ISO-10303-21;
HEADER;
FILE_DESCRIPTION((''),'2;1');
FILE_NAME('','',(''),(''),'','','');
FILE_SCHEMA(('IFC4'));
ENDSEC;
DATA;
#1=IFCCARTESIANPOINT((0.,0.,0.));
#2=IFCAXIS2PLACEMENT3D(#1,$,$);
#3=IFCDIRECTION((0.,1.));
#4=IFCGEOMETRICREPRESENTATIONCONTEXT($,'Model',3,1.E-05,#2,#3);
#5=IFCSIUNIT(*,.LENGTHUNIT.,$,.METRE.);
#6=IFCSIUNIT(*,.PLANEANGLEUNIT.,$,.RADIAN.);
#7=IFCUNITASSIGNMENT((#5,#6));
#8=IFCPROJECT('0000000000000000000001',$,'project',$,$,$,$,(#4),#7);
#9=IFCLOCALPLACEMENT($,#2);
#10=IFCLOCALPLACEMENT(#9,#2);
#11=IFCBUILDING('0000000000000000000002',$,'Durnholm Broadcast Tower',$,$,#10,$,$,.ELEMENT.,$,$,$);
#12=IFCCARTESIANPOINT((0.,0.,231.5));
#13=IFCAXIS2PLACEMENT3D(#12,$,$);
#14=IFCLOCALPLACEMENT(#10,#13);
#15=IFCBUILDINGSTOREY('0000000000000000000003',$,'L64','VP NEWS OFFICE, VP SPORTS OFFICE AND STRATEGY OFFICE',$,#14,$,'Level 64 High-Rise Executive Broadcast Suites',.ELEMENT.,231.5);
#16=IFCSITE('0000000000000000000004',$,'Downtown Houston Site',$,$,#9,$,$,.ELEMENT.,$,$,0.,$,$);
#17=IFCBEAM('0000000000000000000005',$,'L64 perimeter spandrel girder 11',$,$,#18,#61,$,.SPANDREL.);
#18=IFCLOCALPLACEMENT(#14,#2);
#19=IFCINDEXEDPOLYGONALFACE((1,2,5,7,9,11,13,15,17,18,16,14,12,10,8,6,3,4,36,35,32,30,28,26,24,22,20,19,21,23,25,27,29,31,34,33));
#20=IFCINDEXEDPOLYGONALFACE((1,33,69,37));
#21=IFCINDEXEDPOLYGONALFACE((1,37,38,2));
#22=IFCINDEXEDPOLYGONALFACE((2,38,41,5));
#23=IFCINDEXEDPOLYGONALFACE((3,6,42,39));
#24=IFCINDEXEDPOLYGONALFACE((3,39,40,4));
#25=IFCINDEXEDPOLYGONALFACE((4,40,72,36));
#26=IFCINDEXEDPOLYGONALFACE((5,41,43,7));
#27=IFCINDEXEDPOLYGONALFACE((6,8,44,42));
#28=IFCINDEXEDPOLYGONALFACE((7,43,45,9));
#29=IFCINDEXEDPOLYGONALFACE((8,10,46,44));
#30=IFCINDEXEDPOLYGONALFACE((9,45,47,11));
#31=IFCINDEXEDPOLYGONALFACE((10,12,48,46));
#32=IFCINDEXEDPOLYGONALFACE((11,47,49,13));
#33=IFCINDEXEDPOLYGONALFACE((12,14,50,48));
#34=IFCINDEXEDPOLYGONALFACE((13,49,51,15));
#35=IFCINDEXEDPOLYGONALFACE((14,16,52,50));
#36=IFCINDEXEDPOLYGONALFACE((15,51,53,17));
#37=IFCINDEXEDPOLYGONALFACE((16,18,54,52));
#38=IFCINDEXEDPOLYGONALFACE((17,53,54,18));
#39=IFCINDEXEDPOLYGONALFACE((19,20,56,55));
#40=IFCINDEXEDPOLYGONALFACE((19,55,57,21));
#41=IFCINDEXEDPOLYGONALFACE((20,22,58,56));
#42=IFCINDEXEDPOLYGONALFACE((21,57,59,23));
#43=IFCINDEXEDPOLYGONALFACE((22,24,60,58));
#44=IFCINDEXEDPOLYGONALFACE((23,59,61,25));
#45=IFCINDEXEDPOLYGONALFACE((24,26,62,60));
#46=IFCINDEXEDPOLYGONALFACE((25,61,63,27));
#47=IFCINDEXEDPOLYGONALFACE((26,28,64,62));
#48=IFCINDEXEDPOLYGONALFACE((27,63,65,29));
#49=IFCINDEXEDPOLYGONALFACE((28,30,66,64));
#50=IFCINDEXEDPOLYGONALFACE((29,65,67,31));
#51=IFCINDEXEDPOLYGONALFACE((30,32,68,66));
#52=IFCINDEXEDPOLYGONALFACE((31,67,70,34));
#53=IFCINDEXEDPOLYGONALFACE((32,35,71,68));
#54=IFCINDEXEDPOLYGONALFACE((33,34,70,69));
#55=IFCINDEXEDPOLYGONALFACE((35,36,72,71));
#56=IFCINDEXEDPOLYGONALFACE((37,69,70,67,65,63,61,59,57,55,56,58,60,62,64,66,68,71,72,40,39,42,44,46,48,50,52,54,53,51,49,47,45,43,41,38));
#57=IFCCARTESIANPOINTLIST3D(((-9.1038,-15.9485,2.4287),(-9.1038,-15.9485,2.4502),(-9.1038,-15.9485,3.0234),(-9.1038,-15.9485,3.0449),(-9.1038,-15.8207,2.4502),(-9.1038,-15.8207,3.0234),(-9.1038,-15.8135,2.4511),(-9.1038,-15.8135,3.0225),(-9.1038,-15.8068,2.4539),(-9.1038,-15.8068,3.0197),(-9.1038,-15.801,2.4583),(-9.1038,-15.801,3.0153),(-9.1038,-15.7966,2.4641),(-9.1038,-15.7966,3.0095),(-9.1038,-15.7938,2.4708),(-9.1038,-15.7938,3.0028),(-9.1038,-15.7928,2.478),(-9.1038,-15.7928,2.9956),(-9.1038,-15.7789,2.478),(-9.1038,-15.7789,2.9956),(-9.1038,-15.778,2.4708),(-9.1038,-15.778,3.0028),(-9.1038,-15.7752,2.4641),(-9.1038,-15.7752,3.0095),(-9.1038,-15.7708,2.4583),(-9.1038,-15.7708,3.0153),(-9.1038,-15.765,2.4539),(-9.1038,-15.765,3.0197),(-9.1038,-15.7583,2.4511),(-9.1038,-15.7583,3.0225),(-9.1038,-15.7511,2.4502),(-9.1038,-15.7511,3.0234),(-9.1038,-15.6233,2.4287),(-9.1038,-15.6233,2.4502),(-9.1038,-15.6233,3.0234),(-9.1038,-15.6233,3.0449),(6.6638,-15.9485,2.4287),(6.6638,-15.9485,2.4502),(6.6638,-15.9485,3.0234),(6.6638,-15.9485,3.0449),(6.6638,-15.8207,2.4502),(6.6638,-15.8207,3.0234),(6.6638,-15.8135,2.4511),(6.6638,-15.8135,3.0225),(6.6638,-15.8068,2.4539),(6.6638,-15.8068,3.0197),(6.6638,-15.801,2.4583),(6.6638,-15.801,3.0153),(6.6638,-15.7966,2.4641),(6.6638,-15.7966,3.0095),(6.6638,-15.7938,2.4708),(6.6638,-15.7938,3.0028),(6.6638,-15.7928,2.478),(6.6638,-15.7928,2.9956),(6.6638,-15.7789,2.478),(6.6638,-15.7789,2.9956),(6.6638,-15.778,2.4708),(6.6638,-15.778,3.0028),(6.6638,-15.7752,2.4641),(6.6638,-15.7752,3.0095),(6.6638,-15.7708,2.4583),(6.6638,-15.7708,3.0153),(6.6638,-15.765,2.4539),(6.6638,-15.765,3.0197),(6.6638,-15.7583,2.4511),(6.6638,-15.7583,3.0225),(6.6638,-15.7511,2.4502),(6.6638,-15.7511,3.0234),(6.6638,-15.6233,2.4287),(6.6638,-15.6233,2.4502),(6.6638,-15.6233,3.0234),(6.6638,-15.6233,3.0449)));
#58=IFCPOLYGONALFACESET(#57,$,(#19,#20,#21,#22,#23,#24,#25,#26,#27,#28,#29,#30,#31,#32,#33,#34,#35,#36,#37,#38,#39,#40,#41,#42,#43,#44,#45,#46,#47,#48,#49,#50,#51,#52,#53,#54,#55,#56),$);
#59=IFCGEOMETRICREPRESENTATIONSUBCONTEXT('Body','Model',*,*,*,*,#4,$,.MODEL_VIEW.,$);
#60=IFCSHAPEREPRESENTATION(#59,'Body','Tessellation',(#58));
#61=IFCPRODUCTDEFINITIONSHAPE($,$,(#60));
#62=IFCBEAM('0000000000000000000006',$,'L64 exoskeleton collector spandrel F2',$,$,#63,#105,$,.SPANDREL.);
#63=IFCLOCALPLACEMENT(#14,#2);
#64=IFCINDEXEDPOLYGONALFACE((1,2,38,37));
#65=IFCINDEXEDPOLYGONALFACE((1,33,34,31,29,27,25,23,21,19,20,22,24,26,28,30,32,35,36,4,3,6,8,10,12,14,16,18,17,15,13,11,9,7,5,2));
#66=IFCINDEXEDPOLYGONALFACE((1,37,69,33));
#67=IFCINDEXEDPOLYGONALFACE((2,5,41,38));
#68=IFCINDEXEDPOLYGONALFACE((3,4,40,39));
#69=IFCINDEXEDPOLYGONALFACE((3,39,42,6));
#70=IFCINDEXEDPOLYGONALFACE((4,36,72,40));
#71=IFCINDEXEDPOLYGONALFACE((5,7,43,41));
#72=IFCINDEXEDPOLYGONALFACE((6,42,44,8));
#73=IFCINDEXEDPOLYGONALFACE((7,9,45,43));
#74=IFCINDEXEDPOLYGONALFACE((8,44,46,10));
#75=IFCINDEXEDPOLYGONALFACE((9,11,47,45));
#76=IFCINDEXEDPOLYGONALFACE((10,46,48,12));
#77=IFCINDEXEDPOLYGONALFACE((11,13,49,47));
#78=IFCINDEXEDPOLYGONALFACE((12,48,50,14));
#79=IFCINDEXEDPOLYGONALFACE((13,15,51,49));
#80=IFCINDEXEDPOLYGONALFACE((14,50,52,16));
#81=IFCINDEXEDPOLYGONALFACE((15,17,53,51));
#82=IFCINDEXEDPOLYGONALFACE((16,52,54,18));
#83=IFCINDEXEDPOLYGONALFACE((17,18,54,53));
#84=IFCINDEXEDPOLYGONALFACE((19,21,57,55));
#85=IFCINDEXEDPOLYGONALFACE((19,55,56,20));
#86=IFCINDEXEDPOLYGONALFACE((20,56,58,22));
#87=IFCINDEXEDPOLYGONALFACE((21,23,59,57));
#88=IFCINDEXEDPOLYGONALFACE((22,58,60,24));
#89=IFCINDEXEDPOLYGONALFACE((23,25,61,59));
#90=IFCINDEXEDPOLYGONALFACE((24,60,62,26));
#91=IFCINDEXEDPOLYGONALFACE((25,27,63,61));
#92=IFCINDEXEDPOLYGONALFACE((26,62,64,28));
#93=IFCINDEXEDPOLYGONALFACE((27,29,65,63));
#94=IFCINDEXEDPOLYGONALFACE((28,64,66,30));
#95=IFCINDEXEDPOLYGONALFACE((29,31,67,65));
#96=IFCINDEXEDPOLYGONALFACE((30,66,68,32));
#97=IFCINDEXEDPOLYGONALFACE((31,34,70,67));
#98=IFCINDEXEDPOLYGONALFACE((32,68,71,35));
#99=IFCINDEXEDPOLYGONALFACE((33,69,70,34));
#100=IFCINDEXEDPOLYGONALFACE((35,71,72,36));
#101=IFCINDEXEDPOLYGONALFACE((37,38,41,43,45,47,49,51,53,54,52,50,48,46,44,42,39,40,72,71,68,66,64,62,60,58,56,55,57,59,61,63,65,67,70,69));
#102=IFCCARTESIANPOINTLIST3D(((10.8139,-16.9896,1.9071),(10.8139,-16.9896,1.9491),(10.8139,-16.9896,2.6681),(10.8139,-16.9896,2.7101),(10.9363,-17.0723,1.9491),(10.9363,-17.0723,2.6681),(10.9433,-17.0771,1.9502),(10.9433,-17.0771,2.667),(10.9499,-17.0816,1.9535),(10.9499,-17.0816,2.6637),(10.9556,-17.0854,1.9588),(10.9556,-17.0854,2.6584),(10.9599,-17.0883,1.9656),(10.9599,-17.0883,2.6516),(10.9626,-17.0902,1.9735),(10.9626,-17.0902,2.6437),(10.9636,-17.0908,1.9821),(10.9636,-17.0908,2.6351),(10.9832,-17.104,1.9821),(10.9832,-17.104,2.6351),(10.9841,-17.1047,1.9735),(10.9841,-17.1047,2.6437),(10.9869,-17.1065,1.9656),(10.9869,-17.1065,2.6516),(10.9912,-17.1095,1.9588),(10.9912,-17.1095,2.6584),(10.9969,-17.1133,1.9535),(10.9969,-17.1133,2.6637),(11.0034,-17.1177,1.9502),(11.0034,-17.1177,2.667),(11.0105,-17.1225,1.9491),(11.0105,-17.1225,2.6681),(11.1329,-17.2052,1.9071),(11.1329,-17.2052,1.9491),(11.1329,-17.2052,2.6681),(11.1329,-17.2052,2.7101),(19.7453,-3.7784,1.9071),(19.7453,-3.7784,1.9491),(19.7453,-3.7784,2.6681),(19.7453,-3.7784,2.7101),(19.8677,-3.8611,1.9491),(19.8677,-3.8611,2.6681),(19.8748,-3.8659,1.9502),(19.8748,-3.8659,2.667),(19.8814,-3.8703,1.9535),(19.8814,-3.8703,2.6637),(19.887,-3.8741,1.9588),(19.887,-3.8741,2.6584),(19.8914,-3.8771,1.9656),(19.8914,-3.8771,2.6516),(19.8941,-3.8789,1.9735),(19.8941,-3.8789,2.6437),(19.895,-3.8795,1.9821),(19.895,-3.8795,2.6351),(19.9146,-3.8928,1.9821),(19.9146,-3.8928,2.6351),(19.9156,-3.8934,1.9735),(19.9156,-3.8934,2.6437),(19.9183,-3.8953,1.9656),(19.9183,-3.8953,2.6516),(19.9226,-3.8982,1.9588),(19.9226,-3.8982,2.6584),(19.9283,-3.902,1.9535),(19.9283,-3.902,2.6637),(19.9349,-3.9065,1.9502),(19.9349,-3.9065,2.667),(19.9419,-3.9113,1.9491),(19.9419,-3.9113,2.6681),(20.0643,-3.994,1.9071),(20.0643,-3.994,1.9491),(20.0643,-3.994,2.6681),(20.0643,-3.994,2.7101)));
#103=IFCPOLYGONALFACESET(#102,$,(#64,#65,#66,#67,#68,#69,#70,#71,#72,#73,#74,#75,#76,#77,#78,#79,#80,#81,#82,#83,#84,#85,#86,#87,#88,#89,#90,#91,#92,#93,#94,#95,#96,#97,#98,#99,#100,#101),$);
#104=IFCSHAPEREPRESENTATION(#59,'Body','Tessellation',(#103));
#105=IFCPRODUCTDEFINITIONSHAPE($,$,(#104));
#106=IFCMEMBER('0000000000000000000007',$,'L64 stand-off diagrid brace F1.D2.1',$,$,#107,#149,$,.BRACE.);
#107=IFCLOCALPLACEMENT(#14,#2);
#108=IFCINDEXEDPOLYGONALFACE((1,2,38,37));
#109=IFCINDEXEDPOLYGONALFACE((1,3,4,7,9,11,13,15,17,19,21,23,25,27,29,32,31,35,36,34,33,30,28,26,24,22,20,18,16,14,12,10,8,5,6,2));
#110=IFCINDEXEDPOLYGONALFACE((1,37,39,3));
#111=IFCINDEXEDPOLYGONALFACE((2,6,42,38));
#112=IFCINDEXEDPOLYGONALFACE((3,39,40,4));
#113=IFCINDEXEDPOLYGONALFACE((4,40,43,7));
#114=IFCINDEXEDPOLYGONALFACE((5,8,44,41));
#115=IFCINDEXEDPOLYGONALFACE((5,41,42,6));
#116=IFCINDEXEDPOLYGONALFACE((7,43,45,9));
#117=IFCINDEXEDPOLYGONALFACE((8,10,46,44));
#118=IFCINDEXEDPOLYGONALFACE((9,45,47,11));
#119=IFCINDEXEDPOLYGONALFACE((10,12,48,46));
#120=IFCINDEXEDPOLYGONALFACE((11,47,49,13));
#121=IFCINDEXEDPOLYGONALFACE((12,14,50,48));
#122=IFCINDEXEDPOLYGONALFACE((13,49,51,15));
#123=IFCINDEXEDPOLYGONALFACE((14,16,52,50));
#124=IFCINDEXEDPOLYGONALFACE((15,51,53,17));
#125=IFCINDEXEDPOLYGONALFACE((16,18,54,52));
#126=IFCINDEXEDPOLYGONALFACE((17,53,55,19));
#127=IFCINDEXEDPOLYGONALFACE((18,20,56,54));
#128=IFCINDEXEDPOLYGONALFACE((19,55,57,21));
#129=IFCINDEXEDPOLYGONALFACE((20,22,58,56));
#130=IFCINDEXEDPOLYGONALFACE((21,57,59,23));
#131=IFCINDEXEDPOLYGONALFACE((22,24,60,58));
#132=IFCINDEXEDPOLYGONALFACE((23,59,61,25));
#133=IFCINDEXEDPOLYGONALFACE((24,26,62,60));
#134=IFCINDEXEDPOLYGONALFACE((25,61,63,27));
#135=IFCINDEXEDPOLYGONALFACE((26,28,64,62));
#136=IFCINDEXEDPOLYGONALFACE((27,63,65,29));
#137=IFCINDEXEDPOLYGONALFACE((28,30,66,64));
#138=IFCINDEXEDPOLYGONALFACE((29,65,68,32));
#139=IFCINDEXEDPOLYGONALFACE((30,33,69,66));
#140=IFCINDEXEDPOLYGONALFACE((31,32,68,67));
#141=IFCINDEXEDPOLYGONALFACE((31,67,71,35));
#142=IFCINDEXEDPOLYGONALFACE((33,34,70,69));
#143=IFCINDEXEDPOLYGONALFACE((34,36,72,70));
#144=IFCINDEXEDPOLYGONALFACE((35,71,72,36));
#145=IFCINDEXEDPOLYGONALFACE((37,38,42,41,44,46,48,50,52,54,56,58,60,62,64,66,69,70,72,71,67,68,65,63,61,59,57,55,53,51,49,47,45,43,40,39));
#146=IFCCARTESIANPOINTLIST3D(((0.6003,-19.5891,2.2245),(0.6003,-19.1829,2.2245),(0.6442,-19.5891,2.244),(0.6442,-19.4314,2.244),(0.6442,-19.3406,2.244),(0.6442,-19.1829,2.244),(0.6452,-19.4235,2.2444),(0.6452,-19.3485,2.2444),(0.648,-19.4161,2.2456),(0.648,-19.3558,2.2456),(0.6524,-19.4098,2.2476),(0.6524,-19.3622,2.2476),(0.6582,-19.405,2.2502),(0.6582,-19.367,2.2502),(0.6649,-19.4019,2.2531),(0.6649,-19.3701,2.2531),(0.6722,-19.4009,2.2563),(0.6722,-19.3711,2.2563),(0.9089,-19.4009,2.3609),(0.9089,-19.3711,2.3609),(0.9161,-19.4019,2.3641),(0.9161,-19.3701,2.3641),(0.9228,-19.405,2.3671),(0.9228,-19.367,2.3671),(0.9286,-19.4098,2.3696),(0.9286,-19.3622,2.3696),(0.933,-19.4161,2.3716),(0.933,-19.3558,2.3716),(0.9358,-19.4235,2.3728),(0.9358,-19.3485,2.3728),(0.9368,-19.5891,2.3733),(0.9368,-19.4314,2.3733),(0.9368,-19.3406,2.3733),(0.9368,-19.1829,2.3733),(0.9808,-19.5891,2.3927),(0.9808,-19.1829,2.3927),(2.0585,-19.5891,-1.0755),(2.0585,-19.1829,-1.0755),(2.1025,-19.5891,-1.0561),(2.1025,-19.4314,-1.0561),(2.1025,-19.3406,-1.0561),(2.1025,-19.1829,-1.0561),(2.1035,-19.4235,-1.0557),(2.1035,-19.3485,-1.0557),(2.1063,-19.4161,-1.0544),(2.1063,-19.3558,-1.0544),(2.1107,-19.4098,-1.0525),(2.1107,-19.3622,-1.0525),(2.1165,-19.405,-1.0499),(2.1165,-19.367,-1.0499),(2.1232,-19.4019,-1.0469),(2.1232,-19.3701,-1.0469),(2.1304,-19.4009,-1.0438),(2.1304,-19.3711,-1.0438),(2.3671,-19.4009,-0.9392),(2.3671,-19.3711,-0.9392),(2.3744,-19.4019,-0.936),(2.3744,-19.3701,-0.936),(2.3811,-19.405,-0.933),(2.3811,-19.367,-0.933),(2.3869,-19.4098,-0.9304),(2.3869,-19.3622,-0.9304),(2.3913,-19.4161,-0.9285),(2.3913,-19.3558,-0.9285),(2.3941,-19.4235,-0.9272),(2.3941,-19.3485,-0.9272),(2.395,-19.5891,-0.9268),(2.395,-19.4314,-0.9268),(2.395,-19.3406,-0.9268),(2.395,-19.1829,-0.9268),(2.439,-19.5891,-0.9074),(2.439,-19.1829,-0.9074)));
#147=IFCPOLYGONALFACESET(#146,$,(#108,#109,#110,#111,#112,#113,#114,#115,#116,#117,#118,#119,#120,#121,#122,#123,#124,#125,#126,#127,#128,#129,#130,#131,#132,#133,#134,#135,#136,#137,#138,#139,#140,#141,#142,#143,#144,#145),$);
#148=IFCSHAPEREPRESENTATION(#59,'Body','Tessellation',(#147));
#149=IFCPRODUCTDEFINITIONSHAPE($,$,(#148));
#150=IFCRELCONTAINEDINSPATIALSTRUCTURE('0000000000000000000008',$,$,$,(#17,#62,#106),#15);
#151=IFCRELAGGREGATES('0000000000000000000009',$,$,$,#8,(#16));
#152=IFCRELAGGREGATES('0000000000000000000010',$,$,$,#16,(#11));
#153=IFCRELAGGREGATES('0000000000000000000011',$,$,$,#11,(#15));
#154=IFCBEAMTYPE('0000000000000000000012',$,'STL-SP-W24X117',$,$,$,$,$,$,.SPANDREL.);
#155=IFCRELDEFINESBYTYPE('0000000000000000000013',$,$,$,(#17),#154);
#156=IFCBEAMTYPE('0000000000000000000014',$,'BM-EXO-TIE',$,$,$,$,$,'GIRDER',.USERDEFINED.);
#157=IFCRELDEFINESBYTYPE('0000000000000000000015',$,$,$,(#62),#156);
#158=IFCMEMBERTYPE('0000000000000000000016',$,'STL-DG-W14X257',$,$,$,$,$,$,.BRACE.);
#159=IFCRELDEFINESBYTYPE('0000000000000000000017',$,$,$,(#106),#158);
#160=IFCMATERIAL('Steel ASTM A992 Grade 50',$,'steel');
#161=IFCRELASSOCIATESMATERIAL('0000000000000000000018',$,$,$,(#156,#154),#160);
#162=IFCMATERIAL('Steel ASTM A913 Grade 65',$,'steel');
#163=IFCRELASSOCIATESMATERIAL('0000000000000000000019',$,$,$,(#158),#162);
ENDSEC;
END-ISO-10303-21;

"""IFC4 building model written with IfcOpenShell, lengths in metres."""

from ifc_helpers import new_model, si_unit, direction, frame, origin, origin_2d, place, context, subcontext, project, spatial, i_section, extrude, source, transform, mapped, material, material_profile, profile_set, type_object, type_shapes, element, save


model = new_model("IFC4")

# Units and contexts
model_context = context("Model", 3, precision=1e-05, world=origin(), true_north=direction((0.0, 1.0)))
body_context = subcontext(model_context, "Body", "Model", "MODEL_VIEW")
ifc_project = project(units=[si_unit("LENGTHUNIT", "METRE"), si_unit("PLANEANGLEUNIT", "RADIAN")], contexts=[model_context])

# Site, building, storey
site_placement = place(None, origin())
site = spatial("IfcSite", under=ifc_project, at=site_placement, Name="Downtown Houston Site", CompositionType="ELEMENT", RefElevation=0.0)
building_placement = place(site_placement, origin())
building = spatial("IfcBuilding", under=site, at=building_placement, Name="Durnholm Broadcast Tower", CompositionType="ELEMENT")
storey_placement = place(building_placement, frame((0.0, 0.0, 231.5)))
storey = spatial("IfcBuildingStorey", under=building, at=storey_placement, Name="L64", Description="VP NEWS OFFICE, VP SPORTS OFFICE AND STRATEGY OFFICE", LongName="Level 64 High-Rise Executive Broadcast Suites", CompositionType="ELEMENT", Elevation=231.5)

# Beams
ifc_material_1 = material(Name="Steel ASTM A992 Grade 50", Category="steel")
ifc_material_profile_1 = material_profile(ifc_material_1, i_section(OverallWidth=0.385, OverallDepth=0.803, WebThickness=0.0237, FlangeThickness=0.042, FilletRadius=0.033, at=origin_2d()), Name="W30X261")
ifc_profile_set_1 = profile_set([ifc_material_profile_1], Name="Steel ASTM A992 Grade 50")
beam_type_1 = type_object("IfcBeamType", Name="BM-EXO-TIE", ElementType="GIRDER", PredefinedType="USERDEFINED", material=ifc_profile_set_1)
ifc_material_profile_2 = material_profile(ifc_material_1, i_section(OverallWidth=0.3252, OverallDepth=0.6162, WebThickness=0.0139, FlangeThickness=0.0215, FilletRadius=0.0278, at=origin_2d()), Name="W24X117")
ifc_profile_set_2 = profile_set([ifc_material_profile_2], Name="Steel ASTM A992 Grade 50")
beam_type_2 = type_object("IfcBeamType", Name="STL-SP-W24X117", PredefinedType="SPANDREL", material=ifc_profile_set_2)
shared_shape_1 = source(origin(), body_context, "Body", "SweptSolid", [
    extrude(i_section(OverallWidth=0.3252, OverallDepth=0.6162, WebThickness=0.0139, FlangeThickness=0.0215, FilletRadius=0.0278, at=origin_2d()), origin(), (0.0, 0.0, 1.0), 15.7676),
])
beam_1_placement = place(storey_placement, frame((6.6638, -15.7859, 2.7368), z_axis=(-1.0, 0.0, 0.0), x_axis=(0.0, -1.0, 0.0)))
element("IfcBeam", 1, at=beam_1_placement, inside=storey, type_object=beam_type_2, Name="L64 perimeter spandrel girder 11", PredefinedType="SPANDREL", context=body_context, shape_type="MappedRepresentation", body=[
    mapped(shared_shape_1, transform((0.0, 0.0, 0.0), x_axis=(1.0, 0.0, 0.0), y_axis=(0.0, 1.0, 0.0), z_axis=(0.0, 0.0, 1.0), scale=1.0)),
])
shared_shape_2 = source(origin(), body_context, "Body", "SweptSolid", [
    extrude(i_section(OverallWidth=0.385, OverallDepth=0.803, WebThickness=0.0237, FlangeThickness=0.042, FilletRadius=0.033, at=origin_2d()), origin(), (0.0, 0.0, 1.0), 15.947),
])
beam_2_placement = place(storey_placement, frame((10.9734, -17.0974, 2.3086), z_axis=(0.560069, 0.828446, 0.0), x_axis=(-0.828446, 0.560069, 0.0)))
element("IfcBeam", 2, at=beam_2_placement, inside=storey, type_object=beam_type_1, Name="L64 exoskeleton collector spandrel F2", PredefinedType="SPANDREL", context=body_context, shape_type="MappedRepresentation", body=[
    mapped(shared_shape_2, transform((0.0, 0.0, 0.0), x_axis=(1.0, 0.0, 0.0), y_axis=(0.0, 1.0, 0.0), z_axis=(0.0, 0.0, 1.0), scale=1.0)),
])

# Member
ifc_material_2 = material(Name="Steel ASTM A913 Grade 65", Category="steel")
ifc_material_profile_3 = material_profile(ifc_material_2, i_section(OverallWidth=0.4062, OverallDepth=0.416, WebThickness=0.0298, FlangeThickness=0.0481, FilletRadius=0.0305, at=origin_2d()), Name="W14X257")
ifc_profile_set_3 = profile_set([ifc_material_profile_3], Name="Steel ASTM A913 Grade 65")
member_type_1 = type_object("IfcMemberType", Name="STL-DG-W14X257", PredefinedType="BRACE", material=ifc_profile_set_3)
shared_shape_3 = source(origin(), body_context, "Body", "SweptSolid", [
    extrude(i_section(OverallWidth=0.4062, OverallDepth=0.416, WebThickness=0.0298, FlangeThickness=0.0481, FilletRadius=0.0305, at=origin_2d()), origin(), (0.0, 0.0, 1.0), 3.6079),
])
type_shapes(member_type_1, [shared_shape_3])
for number, where, z_axis, x_axis, name in (
    (3, (2.2488, -19.386, -0.9915), (-0.404185, 0.0, 0.914677), (0.0, -1.0, 0.0), "L64 stand-off diagrid brace F1.D2.1"),
):
    element("IfcMember", number, at=place(storey_placement, frame(where, z_axis=z_axis, x_axis=x_axis)), inside=storey, type_object=member_type_1, Name=name, PredefinedType="BRACE", context=body_context, shape_type="MappedRepresentation", body=[
        mapped(shared_shape_3, transform((0.0, 0.0, 0.0), x_axis=(1.0, 0.0, 0.0), y_axis=(0.0, 1.0, 0.0), z_axis=(0.0, 0.0, 1.0), scale=1.0)),
    ])

save(model, "model.ifc")
